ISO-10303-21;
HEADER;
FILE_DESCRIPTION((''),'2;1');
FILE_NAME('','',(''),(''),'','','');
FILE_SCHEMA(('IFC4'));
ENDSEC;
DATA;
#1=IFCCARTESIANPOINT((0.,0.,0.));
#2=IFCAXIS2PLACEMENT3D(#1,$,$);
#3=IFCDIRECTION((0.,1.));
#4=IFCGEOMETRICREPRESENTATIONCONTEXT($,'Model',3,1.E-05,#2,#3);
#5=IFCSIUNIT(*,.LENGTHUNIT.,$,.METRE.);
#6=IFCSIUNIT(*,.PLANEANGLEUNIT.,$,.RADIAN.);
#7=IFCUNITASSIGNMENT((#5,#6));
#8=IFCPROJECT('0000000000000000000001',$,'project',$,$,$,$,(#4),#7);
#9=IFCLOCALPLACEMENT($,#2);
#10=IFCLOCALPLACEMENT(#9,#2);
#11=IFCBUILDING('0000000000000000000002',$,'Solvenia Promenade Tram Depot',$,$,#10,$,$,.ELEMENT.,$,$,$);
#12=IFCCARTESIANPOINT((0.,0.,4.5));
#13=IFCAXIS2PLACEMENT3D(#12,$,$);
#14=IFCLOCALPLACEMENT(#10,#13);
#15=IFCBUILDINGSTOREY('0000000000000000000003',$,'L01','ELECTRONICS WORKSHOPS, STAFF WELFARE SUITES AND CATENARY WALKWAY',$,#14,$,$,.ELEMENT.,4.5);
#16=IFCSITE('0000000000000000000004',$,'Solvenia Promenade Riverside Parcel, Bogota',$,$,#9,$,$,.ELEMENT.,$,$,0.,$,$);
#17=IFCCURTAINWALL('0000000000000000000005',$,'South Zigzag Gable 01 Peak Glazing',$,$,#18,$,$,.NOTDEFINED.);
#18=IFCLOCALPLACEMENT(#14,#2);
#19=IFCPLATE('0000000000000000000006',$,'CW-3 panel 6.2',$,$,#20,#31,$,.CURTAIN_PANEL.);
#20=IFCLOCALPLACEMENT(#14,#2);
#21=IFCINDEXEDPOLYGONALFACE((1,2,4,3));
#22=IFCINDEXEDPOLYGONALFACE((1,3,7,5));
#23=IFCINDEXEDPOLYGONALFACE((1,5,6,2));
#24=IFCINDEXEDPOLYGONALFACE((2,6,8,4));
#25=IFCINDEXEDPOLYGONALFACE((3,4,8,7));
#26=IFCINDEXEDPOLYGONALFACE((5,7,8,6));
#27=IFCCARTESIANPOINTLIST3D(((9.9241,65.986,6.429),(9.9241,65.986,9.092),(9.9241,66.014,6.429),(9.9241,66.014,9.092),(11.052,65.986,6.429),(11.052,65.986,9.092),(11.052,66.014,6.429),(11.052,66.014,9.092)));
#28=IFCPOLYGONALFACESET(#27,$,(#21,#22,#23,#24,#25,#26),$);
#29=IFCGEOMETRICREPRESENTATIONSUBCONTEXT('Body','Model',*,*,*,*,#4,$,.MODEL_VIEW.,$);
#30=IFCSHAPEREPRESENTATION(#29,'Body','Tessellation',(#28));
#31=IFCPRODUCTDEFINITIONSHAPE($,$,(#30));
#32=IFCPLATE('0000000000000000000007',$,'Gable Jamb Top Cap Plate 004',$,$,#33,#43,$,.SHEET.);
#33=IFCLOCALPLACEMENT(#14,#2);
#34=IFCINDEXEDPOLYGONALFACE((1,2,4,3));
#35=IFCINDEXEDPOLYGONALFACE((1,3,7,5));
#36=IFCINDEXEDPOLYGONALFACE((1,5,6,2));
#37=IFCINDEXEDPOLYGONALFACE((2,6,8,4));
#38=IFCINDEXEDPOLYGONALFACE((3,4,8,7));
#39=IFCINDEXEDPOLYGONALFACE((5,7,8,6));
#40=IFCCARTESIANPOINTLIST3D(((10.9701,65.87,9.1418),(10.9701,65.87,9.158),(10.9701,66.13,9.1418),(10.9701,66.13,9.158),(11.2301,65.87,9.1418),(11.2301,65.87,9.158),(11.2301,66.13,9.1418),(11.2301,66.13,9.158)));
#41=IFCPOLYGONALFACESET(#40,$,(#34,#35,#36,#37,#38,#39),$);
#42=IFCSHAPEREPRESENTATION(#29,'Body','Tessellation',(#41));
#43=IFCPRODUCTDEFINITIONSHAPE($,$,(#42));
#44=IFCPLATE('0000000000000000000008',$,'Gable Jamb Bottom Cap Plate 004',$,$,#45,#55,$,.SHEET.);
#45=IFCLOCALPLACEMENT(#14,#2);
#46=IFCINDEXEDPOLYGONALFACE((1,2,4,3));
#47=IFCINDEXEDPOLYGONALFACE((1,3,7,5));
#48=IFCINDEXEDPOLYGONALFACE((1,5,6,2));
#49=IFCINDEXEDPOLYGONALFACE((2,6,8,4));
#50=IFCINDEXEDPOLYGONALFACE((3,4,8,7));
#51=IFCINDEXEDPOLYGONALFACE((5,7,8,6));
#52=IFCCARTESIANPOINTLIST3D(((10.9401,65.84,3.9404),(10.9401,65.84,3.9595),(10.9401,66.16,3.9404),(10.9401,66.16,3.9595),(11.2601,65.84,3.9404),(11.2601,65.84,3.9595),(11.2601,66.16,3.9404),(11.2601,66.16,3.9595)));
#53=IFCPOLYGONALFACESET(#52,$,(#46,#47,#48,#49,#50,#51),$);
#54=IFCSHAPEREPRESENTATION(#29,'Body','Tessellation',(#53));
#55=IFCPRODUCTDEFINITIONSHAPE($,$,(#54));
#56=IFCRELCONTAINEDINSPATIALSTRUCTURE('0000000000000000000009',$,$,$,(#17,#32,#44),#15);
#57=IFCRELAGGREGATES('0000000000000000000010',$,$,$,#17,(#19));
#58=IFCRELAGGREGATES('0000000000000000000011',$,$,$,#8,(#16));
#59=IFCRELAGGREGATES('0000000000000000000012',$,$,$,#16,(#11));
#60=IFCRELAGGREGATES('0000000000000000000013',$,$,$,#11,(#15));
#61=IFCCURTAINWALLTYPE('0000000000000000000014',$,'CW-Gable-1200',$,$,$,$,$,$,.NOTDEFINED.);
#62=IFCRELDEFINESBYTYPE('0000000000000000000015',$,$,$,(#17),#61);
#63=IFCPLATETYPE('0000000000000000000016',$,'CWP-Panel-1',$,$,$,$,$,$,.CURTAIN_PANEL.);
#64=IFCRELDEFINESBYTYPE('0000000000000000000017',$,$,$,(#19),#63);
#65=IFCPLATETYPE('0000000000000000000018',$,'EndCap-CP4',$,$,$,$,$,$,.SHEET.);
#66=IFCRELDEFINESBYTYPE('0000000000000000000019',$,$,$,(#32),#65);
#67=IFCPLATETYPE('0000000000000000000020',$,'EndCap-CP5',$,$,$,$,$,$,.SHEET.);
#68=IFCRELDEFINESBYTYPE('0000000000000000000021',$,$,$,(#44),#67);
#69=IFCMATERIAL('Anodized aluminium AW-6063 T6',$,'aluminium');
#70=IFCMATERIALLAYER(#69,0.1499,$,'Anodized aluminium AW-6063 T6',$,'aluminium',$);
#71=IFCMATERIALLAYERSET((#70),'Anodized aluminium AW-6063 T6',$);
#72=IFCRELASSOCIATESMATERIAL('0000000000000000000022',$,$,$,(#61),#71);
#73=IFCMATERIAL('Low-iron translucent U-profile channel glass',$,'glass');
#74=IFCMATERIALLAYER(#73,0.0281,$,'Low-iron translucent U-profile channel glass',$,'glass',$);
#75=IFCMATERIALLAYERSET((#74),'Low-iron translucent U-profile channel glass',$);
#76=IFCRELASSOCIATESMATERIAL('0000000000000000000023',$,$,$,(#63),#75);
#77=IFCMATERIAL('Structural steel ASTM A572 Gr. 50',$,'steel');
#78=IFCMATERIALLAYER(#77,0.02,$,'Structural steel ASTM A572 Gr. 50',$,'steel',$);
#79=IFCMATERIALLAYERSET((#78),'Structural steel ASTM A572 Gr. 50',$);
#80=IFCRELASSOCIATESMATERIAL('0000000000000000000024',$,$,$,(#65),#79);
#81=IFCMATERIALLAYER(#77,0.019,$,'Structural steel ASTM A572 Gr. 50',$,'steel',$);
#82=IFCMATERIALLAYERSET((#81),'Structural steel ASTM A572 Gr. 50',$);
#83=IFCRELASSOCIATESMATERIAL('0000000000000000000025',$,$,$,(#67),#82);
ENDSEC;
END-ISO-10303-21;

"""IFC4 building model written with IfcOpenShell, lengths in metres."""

from ifc_helpers import new_model, si_unit, direction, frame, origin, origin_2d, place, context, subcontext, project, spatial, rectangle, extrude, material, layer, layer_set, type_object, element, aggregate, save


model = new_model("IFC4")

# Units and contexts
model_context = context("Model", 3, precision=1e-05, world=origin(), true_north=direction((0.0, 1.0)))
body_context = subcontext(model_context, "Body", "Model", "MODEL_VIEW")
ifc_project = project(units=[si_unit("LENGTHUNIT", "METRE"), si_unit("PLANEANGLEUNIT", "RADIAN")], contexts=[model_context])

# Site, building, storey
site_placement = place(None, origin())
site = spatial("IfcSite", under=ifc_project, at=site_placement, Name="Solvenia Promenade Riverside Parcel, Bogota", CompositionType="ELEMENT", RefElevation=0.0)
building_placement = place(site_placement, origin())
building = spatial("IfcBuilding", under=site, at=building_placement, Name="Solvenia Promenade Tram Depot", CompositionType="ELEMENT")
storey_placement = place(building_placement, frame((0.0, 0.0, 4.5)))
storey = spatial("IfcBuildingStorey", under=building, at=storey_placement, Name="L01", Description="ELECTRONICS WORKSHOPS, STAFF WELFARE SUITES AND CATENARY WALKWAY", CompositionType="ELEMENT", Elevation=4.5)

# Curtain wall
ifc_material_1 = material(Name="Anodized aluminium AW-6063 T6", Category="aluminium")
ifc_layer_1 = layer(ifc_material_1, 0.1499, Name="Anodized aluminium AW-6063 T6", Category="aluminium")
ifc_layer_set_1 = layer_set([ifc_layer_1], Name="Anodized aluminium AW-6063 T6")
curtain_wall_type = type_object("IfcCurtainWallType", Name="CW-Gable-1200", PredefinedType="NOTDEFINED", material=ifc_layer_set_1)
curtain_wall_placement = place(storey_placement, origin())
curtain_wall = element("IfcCurtainWall", 1, at=curtain_wall_placement, inside=storey, type_object=curtain_wall_type, Name="South Zigzag Gable 01 Peak Glazing", PredefinedType="NOTDEFINED")

# Plate
ifc_material_2 = material(Name="Low-iron translucent U-profile channel glass", Category="glass")
ifc_layer_2 = layer(ifc_material_2, 0.0281, Name="Low-iron translucent U-profile channel glass", Category="glass")
ifc_layer_set_2 = layer_set([ifc_layer_2], Name="Low-iron translucent U-profile channel glass")
plate_type_1 = type_object("IfcPlateType", Name="CWP-Panel-1", PredefinedType="CURTAIN_PANEL", material=ifc_layer_set_2)
plate_1_placement = place(storey_placement, frame((10.488, 66.0, 6.429), z_axis=(0.0, 0.0, 1.0), x_axis=(1.0, 0.0, 0.0)))
plate_1 = element("IfcPlate", 2, at=plate_1_placement, type_object=plate_type_1, Name="CW-3 panel 6.2", PredefinedType="CURTAIN_PANEL", context=body_context, shape_type="SweptSolid", body=[
    extrude(rectangle(XDim=1.1279, YDim=0.0281, at=origin_2d()), origin(), (0.0, 0.0, 1.0), 2.6631),
])
aggregate(curtain_wall, [plate_1])

# Plates
ifc_material_3 = material(Name="Structural steel ASTM A572 Gr. 50", Category="steel")
ifc_layer_3 = layer(ifc_material_3, 0.02, Name="Structural steel ASTM A572 Gr. 50", Category="steel")
ifc_layer_set_3 = layer_set([ifc_layer_3], Name="Structural steel ASTM A572 Gr. 50")
plate_type_2 = type_object("IfcPlateType", Name="EndCap-CP4", PredefinedType="SHEET", material=ifc_layer_set_3)
plate_2_placement = place(storey_placement, frame((11.1001, 66.0, 9.1418), z_axis=(0.0, 0.0, 1.0), x_axis=(1.0, 0.0, 0.0)))
element("IfcPlate", 3, at=plate_2_placement, inside=storey, type_object=plate_type_2, Name="Gable Jamb Top Cap Plate 004", PredefinedType="SHEET", context=body_context, shape_type="SweptSolid", body=[
    extrude(rectangle(XDim=0.26, YDim=0.26, at=origin_2d()), origin(), (0.0, 0.0, 1.0), 0.0161),
])
ifc_layer_4 = layer(ifc_material_3, 0.019, Name="Structural steel ASTM A572 Gr. 50", Category="steel")
ifc_layer_set_4 = layer_set([ifc_layer_4], Name="Structural steel ASTM A572 Gr. 50")
plate_type_3 = type_object("IfcPlateType", Name="EndCap-CP5", PredefinedType="SHEET", material=ifc_layer_set_4)
plate_3_placement = place(storey_placement, frame((11.1001, 66.0, 3.9404), z_axis=(0.0, 0.0, 1.0), x_axis=(1.0, 0.0, 0.0)))
element("IfcPlate", 4, at=plate_3_placement, inside=storey, type_object=plate_type_3, Name="Gable Jamb Bottom Cap Plate 004", PredefinedType="SHEET", context=body_context, shape_type="SweptSolid", body=[
    extrude(rectangle(XDim=0.3201, YDim=0.3201, at=origin_2d()), origin(), (0.0, 0.0, 1.0), 0.019),
])

save(model, "model.ifc")
